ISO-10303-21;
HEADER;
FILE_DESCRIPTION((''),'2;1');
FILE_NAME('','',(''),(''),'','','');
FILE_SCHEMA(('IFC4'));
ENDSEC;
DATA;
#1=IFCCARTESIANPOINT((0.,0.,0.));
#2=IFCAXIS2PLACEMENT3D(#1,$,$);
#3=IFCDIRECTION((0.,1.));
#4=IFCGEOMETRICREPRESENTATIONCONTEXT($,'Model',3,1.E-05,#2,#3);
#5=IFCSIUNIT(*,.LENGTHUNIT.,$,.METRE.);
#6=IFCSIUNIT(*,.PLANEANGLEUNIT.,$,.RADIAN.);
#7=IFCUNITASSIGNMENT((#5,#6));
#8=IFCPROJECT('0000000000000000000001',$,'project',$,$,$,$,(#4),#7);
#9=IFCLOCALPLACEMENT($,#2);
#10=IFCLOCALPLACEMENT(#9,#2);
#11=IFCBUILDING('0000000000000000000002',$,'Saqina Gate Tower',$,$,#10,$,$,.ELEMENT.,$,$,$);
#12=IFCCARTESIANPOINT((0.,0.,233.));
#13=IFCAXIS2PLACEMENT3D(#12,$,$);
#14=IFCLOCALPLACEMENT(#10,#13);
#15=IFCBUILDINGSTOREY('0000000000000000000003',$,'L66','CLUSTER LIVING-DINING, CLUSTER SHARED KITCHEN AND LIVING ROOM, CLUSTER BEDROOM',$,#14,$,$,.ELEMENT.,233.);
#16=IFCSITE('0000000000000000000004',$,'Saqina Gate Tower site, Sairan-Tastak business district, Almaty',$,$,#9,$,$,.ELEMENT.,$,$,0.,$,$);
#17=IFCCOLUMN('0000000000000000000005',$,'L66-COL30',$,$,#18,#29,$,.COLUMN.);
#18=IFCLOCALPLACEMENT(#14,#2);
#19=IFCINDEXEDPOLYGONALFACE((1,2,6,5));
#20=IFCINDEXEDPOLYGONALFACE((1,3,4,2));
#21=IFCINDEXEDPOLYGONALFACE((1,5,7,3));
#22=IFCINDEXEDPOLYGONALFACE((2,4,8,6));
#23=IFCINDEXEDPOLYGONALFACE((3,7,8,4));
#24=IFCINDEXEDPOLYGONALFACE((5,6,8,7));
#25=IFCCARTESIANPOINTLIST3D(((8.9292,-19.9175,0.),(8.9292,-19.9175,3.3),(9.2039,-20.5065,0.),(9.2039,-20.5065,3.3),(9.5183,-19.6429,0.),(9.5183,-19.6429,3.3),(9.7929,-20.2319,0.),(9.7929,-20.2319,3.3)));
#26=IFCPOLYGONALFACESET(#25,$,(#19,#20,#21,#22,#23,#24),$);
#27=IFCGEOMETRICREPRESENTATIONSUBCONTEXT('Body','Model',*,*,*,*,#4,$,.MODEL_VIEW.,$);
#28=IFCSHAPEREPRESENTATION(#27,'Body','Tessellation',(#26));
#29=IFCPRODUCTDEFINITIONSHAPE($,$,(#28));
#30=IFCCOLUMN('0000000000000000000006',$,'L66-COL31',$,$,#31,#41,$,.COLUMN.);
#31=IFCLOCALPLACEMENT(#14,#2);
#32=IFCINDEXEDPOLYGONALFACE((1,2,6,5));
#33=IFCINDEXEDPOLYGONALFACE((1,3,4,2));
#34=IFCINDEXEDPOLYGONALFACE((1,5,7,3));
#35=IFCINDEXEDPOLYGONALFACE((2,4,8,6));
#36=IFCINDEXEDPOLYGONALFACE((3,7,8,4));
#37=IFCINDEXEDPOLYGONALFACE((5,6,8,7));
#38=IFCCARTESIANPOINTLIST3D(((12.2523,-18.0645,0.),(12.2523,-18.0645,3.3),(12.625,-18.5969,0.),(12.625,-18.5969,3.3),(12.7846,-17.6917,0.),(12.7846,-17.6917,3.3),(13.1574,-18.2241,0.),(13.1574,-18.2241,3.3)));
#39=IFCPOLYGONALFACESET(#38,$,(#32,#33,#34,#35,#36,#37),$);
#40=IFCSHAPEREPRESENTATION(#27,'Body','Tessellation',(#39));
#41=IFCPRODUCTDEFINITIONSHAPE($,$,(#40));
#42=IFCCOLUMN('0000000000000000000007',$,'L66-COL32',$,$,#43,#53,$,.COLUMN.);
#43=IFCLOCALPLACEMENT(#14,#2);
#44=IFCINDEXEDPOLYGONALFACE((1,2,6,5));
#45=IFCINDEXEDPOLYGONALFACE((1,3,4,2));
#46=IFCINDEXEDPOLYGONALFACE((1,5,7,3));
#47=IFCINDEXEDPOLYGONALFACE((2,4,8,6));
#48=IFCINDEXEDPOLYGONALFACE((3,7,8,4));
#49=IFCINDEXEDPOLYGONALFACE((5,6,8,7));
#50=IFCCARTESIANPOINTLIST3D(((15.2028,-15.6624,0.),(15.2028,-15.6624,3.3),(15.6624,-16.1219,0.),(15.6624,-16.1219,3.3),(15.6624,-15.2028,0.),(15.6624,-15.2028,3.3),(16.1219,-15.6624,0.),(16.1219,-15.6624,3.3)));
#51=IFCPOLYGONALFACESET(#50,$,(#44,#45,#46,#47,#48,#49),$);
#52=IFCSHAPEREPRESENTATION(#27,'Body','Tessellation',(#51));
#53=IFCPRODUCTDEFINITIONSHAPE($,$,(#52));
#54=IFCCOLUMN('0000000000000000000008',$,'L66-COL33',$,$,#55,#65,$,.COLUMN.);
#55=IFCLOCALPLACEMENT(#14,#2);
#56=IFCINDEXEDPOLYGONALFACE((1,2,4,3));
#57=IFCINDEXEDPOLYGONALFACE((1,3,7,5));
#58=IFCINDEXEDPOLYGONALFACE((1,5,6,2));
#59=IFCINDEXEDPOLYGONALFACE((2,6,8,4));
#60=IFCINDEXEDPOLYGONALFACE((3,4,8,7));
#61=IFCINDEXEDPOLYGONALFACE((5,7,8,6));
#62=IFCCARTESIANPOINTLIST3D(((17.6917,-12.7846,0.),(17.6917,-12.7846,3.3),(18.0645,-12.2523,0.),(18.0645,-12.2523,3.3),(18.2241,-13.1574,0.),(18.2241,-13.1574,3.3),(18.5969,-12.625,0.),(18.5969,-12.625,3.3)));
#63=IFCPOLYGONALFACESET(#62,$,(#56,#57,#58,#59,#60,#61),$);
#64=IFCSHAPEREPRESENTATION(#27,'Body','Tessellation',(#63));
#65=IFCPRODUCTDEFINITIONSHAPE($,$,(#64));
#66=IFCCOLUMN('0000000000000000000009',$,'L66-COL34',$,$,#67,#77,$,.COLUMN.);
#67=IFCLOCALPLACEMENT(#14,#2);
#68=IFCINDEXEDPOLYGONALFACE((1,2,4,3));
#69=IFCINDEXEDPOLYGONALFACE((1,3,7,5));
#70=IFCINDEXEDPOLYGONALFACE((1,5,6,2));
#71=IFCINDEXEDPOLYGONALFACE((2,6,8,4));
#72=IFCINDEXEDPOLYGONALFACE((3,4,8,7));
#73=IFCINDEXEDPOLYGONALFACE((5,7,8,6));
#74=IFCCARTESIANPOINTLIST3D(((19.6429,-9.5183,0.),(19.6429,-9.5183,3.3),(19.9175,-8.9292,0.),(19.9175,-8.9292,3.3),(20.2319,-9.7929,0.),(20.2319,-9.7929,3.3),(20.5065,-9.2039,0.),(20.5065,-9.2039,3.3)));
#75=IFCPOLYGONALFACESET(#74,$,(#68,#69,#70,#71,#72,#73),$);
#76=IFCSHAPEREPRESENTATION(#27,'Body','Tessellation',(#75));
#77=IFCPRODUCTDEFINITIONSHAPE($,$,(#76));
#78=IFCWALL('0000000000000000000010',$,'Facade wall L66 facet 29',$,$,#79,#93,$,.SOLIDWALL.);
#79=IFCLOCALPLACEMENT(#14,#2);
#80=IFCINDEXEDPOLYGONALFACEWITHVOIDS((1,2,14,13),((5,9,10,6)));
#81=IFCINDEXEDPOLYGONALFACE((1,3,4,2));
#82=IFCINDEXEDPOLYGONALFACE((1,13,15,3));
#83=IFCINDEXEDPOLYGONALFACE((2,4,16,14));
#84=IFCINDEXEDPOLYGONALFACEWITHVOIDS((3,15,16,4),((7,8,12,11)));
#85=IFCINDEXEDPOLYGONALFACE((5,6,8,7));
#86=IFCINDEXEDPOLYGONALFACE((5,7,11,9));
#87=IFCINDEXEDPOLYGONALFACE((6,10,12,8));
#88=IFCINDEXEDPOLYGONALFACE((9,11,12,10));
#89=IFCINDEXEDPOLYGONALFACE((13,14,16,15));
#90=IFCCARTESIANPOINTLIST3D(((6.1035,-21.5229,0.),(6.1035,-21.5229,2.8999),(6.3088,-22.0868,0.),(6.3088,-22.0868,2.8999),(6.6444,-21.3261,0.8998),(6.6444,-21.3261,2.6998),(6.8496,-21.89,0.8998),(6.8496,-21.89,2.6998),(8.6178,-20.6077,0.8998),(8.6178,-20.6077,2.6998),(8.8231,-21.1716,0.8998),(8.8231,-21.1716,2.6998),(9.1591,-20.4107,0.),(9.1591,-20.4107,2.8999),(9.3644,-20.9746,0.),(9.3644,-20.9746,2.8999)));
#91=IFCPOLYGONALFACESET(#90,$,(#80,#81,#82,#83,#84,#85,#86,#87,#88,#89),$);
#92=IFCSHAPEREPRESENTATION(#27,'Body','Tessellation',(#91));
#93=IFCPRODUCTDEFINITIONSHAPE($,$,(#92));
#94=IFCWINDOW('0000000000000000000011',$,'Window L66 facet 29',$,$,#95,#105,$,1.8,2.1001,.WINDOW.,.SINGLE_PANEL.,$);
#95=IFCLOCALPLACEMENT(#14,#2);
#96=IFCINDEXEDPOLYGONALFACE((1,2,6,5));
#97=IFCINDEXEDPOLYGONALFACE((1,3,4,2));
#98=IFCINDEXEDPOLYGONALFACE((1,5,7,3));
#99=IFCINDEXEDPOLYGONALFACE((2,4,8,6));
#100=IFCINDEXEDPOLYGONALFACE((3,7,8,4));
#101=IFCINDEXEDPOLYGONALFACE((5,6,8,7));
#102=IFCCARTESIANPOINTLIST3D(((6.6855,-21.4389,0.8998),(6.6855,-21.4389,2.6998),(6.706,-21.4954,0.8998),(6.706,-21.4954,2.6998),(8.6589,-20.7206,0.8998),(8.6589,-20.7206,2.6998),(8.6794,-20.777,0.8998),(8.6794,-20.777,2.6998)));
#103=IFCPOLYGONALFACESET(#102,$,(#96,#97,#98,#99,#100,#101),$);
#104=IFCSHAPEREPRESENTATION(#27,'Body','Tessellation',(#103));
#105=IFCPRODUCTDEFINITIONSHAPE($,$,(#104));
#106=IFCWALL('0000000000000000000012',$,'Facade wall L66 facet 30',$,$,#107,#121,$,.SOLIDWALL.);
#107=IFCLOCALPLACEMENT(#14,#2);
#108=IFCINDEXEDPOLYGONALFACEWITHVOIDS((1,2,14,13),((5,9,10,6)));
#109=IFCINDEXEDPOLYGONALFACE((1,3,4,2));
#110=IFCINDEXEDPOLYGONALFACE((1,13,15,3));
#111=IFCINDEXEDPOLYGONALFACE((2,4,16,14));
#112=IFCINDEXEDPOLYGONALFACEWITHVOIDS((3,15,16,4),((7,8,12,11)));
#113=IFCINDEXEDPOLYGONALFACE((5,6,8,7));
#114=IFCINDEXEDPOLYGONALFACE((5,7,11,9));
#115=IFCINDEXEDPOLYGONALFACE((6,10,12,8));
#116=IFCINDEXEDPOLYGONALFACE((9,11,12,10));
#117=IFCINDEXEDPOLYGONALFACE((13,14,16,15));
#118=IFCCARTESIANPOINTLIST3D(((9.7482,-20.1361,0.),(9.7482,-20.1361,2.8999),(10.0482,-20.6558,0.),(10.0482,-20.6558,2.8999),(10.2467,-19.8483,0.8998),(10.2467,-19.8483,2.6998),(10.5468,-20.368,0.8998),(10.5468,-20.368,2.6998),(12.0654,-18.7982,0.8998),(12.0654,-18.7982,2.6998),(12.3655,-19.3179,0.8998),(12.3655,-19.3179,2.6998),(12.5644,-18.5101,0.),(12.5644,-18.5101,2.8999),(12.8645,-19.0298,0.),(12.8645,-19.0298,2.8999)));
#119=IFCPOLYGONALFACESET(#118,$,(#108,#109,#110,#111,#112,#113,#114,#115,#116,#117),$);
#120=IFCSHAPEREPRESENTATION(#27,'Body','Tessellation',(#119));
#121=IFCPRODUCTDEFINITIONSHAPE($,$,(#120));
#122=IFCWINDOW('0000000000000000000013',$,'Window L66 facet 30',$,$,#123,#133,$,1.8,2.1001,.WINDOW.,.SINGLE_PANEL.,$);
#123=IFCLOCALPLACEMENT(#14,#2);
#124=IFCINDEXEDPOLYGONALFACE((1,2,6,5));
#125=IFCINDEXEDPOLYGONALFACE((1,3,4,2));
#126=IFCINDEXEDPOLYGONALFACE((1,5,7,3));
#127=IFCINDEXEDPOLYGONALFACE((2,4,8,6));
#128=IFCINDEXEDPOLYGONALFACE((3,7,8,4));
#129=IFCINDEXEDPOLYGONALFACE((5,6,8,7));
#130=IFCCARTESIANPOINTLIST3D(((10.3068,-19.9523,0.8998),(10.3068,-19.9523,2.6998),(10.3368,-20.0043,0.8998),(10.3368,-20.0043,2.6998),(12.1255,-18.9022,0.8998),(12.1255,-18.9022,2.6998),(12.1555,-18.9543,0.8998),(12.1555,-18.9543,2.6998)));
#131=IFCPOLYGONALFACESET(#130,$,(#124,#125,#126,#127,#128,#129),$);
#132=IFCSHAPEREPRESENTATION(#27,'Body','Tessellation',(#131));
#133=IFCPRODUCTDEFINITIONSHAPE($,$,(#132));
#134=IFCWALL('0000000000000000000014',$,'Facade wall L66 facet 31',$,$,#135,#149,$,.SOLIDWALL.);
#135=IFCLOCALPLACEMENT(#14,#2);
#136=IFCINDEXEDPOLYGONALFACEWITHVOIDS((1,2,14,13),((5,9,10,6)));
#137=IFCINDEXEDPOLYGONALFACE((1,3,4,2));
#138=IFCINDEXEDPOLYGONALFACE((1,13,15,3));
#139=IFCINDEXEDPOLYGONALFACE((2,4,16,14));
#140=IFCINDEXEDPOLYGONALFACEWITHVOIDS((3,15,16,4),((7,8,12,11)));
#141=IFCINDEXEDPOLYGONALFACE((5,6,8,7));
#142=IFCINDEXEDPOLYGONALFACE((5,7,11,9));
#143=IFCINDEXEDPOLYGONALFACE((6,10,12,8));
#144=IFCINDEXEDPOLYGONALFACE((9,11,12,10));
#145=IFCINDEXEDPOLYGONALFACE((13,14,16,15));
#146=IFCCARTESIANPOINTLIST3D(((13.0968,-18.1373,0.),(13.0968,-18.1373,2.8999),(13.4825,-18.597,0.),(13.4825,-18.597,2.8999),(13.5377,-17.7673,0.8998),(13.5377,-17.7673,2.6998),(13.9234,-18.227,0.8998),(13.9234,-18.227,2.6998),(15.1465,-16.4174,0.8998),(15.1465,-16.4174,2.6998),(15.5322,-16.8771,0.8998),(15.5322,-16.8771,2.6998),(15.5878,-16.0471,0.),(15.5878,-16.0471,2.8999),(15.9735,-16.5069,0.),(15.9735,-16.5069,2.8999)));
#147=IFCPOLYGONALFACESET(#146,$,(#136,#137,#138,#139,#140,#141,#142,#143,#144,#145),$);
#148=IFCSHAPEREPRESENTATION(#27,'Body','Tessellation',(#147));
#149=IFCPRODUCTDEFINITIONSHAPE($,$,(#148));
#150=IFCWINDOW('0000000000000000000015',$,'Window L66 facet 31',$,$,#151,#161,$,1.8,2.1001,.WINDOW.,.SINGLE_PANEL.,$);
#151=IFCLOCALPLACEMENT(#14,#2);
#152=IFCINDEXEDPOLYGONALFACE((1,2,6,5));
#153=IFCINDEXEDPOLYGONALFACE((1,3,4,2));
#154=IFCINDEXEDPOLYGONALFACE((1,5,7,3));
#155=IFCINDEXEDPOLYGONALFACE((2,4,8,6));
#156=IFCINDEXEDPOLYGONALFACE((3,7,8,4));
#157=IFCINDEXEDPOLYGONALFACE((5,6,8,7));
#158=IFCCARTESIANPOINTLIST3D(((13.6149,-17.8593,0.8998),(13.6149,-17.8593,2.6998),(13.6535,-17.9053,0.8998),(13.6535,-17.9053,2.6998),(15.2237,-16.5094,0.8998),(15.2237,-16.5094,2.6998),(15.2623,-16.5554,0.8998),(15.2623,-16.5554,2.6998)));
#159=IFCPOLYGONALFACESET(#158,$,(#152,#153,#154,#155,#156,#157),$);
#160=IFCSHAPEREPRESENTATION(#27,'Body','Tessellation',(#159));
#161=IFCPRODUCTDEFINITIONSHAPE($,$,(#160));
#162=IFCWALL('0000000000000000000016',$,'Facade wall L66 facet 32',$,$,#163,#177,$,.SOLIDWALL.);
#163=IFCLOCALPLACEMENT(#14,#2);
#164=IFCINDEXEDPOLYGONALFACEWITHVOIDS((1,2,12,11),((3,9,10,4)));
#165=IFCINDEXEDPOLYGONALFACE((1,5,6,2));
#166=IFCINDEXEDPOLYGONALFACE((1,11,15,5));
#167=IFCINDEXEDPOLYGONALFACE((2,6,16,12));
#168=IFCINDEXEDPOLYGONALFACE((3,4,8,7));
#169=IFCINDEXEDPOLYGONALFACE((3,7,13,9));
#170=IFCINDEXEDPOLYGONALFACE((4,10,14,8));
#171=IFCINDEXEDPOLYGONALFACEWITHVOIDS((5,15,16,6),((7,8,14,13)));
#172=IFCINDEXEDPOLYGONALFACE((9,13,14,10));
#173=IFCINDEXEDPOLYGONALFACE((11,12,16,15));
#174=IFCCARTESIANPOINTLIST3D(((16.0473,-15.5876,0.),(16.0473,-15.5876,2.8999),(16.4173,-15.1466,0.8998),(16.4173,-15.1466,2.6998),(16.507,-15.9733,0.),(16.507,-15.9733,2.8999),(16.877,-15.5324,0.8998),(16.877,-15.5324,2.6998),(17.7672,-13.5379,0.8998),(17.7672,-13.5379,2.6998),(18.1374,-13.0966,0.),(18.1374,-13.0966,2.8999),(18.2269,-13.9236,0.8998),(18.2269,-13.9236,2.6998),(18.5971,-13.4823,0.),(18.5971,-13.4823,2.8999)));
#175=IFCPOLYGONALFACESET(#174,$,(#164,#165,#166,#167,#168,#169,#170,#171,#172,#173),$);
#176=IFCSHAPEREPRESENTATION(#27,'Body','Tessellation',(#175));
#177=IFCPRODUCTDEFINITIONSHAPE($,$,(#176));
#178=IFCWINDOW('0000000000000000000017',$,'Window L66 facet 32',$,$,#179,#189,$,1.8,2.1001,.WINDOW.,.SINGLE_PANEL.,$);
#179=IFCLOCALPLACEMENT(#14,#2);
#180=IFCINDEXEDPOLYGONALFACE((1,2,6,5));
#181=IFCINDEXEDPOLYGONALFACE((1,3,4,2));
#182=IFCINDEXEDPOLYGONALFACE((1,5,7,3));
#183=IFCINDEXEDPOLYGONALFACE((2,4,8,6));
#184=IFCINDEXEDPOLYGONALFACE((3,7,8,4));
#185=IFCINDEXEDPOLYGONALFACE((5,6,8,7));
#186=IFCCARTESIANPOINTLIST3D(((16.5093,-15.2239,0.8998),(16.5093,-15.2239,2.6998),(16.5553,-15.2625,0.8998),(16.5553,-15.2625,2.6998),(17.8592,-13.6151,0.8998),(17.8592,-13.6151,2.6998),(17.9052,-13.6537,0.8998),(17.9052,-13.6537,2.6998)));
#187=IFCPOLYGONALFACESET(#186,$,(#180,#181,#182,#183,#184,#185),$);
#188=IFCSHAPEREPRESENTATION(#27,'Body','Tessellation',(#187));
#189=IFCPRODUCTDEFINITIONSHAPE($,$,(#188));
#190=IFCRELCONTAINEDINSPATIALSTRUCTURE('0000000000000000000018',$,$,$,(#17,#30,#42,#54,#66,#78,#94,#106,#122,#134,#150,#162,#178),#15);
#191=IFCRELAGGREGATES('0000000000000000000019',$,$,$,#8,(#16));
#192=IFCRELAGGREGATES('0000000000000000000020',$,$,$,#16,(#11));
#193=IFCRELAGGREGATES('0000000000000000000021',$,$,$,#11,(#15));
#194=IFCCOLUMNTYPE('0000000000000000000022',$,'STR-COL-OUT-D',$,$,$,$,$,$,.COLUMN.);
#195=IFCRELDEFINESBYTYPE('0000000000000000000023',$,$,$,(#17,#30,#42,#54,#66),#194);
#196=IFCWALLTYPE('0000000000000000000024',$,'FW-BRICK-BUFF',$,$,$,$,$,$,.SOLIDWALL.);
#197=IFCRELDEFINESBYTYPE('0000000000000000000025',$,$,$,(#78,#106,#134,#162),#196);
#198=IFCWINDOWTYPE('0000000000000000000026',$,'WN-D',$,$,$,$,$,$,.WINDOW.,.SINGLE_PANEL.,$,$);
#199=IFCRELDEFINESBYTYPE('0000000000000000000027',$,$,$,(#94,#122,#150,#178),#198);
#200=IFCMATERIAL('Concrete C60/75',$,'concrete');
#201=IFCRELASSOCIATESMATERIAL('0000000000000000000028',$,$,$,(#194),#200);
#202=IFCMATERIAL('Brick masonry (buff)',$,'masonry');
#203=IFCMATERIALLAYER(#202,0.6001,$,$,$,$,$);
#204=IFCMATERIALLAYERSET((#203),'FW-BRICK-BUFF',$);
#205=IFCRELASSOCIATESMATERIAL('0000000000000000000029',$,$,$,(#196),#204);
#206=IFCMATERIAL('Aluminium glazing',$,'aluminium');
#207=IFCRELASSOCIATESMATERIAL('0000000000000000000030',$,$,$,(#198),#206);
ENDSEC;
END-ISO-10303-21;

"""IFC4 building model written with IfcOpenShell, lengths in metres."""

from ifc_helpers import new_model, si_unit, direction, frame, frame_2d, origin, origin_2d, place, context, subcontext, project, spatial, rectangle, extrude, material, layer, layer_set, material_profile, profile_set, type_object, element, fill, save


model = new_model("IFC4")

# Units and contexts
model_context = context("Model", 3, precision=1e-05, world=origin(), true_north=direction((0.0, 1.0)))
body_context = subcontext(model_context, "Body", "Model", "MODEL_VIEW")
ifc_project = project(units=[si_unit("LENGTHUNIT", "METRE"), si_unit("PLANEANGLEUNIT", "RADIAN")], contexts=[model_context])

# Site, building, storey
site_placement = place(None, origin())
site = spatial("IfcSite", under=ifc_project, at=site_placement, Name="Saqina Gate Tower site, Sairan-Tastak business district, Almaty", CompositionType="ELEMENT", RefElevation=0.0)
building_placement = place(site_placement, origin())
building = spatial("IfcBuilding", under=site, at=building_placement, Name="Saqina Gate Tower", CompositionType="ELEMENT")
storey_placement = place(building_placement, frame((0.0, 0.0, 233.0)))
storey = spatial("IfcBuildingStorey", under=building, at=storey_placement, Name="L66", Description="CLUSTER LIVING-DINING, CLUSTER SHARED KITCHEN AND LIVING ROOM, CLUSTER BEDROOM", CompositionType="ELEMENT", Elevation=233.0)

# Columns
ifc_material_1 = material(Name="Concrete C60/75", Category="concrete")
ifc_material_profile = material_profile(ifc_material_1, rectangle(XDim=0.6499, YDim=0.6499, at=origin_2d()), Name="RC 650x650")
ifc_profile_set = profile_set([ifc_material_profile], Name="Concrete C60/75")
column_type = type_object("IfcColumnType", Name="STR-COL-OUT-D", PredefinedType="COLUMN", material=ifc_profile_set)
for number, where, z_axis, x_axis, name in (
    (1, (9.3611, -20.0747, 0.0), (0.0, 0.0, 1.0), (0.422618, -0.906308, 0.0), "L66-COL30"),
    (2, (12.7048, -18.1443, 0.0), (0.0, 0.0, 1.0), (0.573576, -0.819152, 0.0), "L66-COL31"),
    (3, (15.6624, -15.6624, 0.0), (0.0, 0.0, 1.0), (0.707107, -0.707107, 0.0), "L66-COL32"),
    (4, (18.1443, -12.7048, 0.0), (0.0, 0.0, 1.0), (0.819152, -0.573576, 0.0), "L66-COL33"),
    (5, (20.0747, -9.3611, 0.0), (0.0, 0.0, 1.0), (0.906308, -0.422618, 0.0), "L66-COL34"),
):
    element("IfcColumn", number, at=place(storey_placement, frame(where, z_axis=z_axis, x_axis=x_axis)), inside=storey, type_object=column_type, Name=name, PredefinedType="COLUMN", context=body_context, shape_type="SweptSolid", body=[
        extrude(rectangle(XDim=0.6499, YDim=0.6499, at=origin_2d()), origin(), (0.0, 0.0, 1.0), 3.3),
    ])

# Walls, openings, windows
ifc_material_2 = material(Name="Brick masonry (buff)", Category="masonry")
ifc_layer_1 = layer(ifc_material_2, 0.6001)
ifc_layer_set_1 = layer_set([ifc_layer_1], Name="FW-BRICK-BUFF")
wall_type_1 = type_object("IfcWallType", Name="FW-BRICK-BUFF", PredefinedType="SOLIDWALL", material=ifc_layer_set_1)
wall_1_placement = place(storey_placement, frame((6.2061, -21.8049, 0.0), z_axis=(0.0, 0.0, 1.0), x_axis=(0.939679, 0.342057, 0.0)))
wall_1 = element("IfcWall", 6, at=wall_1_placement, inside=storey, type_object=wall_type_1, Name="Facade wall L66 facet 29", PredefinedType="SOLIDWALL", context=body_context, shape_type="SweptSolid", body=[
    extrude(rectangle(XDim=3.2517, YDim=0.6001, at=frame_2d((1.626, 0.0))), origin(), (0.0, 0.0, 1.0), 2.8999),
])
opening_1_placement = place(wall_1_placement, frame((0.5757, 0.0, 0.8999)))
opening_1 = element("IfcOpeningElement", 7, at=opening_1_placement, cuts=wall_1, PredefinedType="OPENING", context=body_context, shape_type="SweptSolid", body=[
    extrude(rectangle(XDim=2.1001, YDim=1.8, at=frame_2d((1.05, 0.8999))), frame((0.0, 0.312, 0.0), z_axis=(0.0, -1.0, 0.0), x_axis=(1.0, 0.0, 0.0)), (0.0, 0.0, 1.0), 0.624),
])
ifc_material_3 = material(Name="Aluminium glazing", Category="aluminium")
window_type = type_object("IfcWindowType", Name="WN-D", PartitioningType="SINGLE_PANEL", PredefinedType="WINDOW", material=ifc_material_3)
window_1_placement = place(opening_1_placement, origin())
window_1 = element("IfcWindow", 8, at=window_1_placement, inside=storey, type_object=window_type, Name="Window L66 facet 29", OverallHeight=1.8, OverallWidth=2.1001, PartitioningType="SINGLE_PANEL", PredefinedType="WINDOW", context=body_context, shape_type="SweptSolid", body=[
    extrude(rectangle(XDim=2.1001, YDim=1.8, at=frame_2d((1.05, 0.8999))), frame((0.0, 0.1799, 0.0), z_axis=(0.0, -1.0, 0.0), x_axis=(1.0, 0.0, 0.0)), (0.0, 0.0, 1.0), 0.0601),
])
fill(opening_1, window_1)
wall_2_placement = place(storey_placement, frame((9.8982, -20.396, 0.0), z_axis=(0.0, 0.0, 1.0), x_axis=(0.866017, 0.500015, 0.0)))
wall_2 = element("IfcWall", 9, at=wall_2_placement, inside=storey, type_object=wall_type_1, Name="Facade wall L66 facet 30", PredefinedType="SOLIDWALL", context=body_context, shape_type="SweptSolid", body=[
    extrude(rectangle(XDim=3.252, YDim=0.6001, at=frame_2d((1.626, 0.0))), origin(), (0.0, 0.0, 1.0), 2.8999),
])
opening_2_placement = place(wall_2_placement, frame((0.5757, 0.0, 0.8999)))
opening_2 = element("IfcOpeningElement", 10, at=opening_2_placement, cuts=wall_2, PredefinedType="OPENING", context=body_context, shape_type="SweptSolid", body=[
    extrude(rectangle(XDim=2.1001, YDim=1.8, at=frame_2d((1.05, 0.8999))), frame((0.0, 0.312, 0.0), z_axis=(0.0, -1.0, 0.0), x_axis=(1.0, 0.0, 0.0)), (0.0, 0.0, 1.0), 0.624),
])
window_2_placement = place(opening_2_placement, origin())
window_2 = element("IfcWindow", 11, at=window_2_placement, inside=storey, type_object=window_type, Name="Window L66 facet 30", OverallHeight=1.8, OverallWidth=2.1001, PartitioningType="SINGLE_PANEL", PredefinedType="WINDOW", context=body_context, shape_type="SweptSolid", body=[
    extrude(rectangle(XDim=2.1001, YDim=1.8, at=frame_2d((1.05, 0.8999))), frame((0.0, 0.1799, 0.0), z_axis=(0.0, -1.0, 0.0), x_axis=(1.0, 0.0, 0.0)), (0.0, 0.0, 1.0), 0.0601),
])
fill(opening_2, window_2)
wall_3_placement = place(storey_placement, frame((13.2896, -18.3672, 0.0), z_axis=(0.0, 0.0, 1.0), x_axis=(0.766057, 0.642773, 0.0)))
wall_3 = element("IfcWall", 12, at=wall_3_placement, inside=storey, type_object=wall_type_1, Name="Facade wall L66 facet 31", PredefinedType="SOLIDWALL", context=body_context, shape_type="SweptSolid", body=[
    extrude(rectangle(XDim=3.2517, YDim=0.6001, at=frame_2d((1.626, 0.0))), origin(), (0.0, 0.0, 1.0), 2.8999),
])
opening_3_placement = place(wall_3_placement, frame((0.5757, 0.0, 0.8999)))
opening_3 = element("IfcOpeningElement", 13, at=opening_3_placement, cuts=wall_3, PredefinedType="OPENING", context=body_context, shape_type="SweptSolid", body=[
    extrude(rectangle(XDim=2.1001, YDim=1.8, at=frame_2d((1.05, 0.8999))), frame((0.0, 0.312, 0.0), z_axis=(0.0, -1.0, 0.0), x_axis=(1.0, 0.0, 0.0)), (0.0, 0.0, 1.0), 0.624),
])
window_3_placement = place(opening_3_placement, origin())
window_3 = element("IfcWindow", 14, at=window_3_placement, inside=storey, type_object=window_type, Name="Window L66 facet 31", OverallHeight=1.8, OverallWidth=2.1001, PartitioningType="SINGLE_PANEL", PredefinedType="WINDOW", context=body_context, shape_type="SweptSolid", body=[
    extrude(rectangle(XDim=2.1001, YDim=1.8, at=frame_2d((1.05, 0.8999))), frame((0.0, 0.1799, 0.0), z_axis=(0.0, -1.0, 0.0), x_axis=(1.0, 0.0, 0.0)), (0.0, 0.0, 1.0), 0.0601),
])
fill(opening_3, window_3)
wall_4_placement = place(storey_placement, frame((16.2771, -15.7805, 0.0), z_axis=(0.0, 0.0, 1.0), x_axis=(0.642773, 0.766057, 0.0)))
wall_4 = element("IfcWall", 15, at=wall_4_placement, inside=storey, type_object=wall_type_1, Name="Facade wall L66 facet 32", PredefinedType="SOLIDWALL", context=body_context, shape_type="SweptSolid", body=[
    extrude(rectangle(XDim=3.2517, YDim=0.6001, at=frame_2d((1.626, 0.0))), origin(), (0.0, 0.0, 1.0), 2.8999),
])
opening_4_placement = place(wall_4_placement, frame((0.5757, 0.0, 0.8999)))
opening_4 = element("IfcOpeningElement", 16, at=opening_4_placement, cuts=wall_4, PredefinedType="OPENING", context=body_context, shape_type="SweptSolid", body=[
    extrude(rectangle(XDim=2.1001, YDim=1.8, at=frame_2d((1.05, 0.8999))), frame((0.0, 0.312, 0.0), z_axis=(0.0, -1.0, 0.0), x_axis=(1.0, 0.0, 0.0)), (0.0, 0.0, 1.0), 0.624),
])
window_4_placement = place(opening_4_placement, origin())
window_4 = element("IfcWindow", 17, at=window_4_placement, inside=storey, type_object=window_type, Name="Window L66 facet 32", OverallHeight=1.8, OverallWidth=2.1001, PartitioningType="SINGLE_PANEL", PredefinedType="WINDOW", context=body_context, shape_type="SweptSolid", body=[
    extrude(rectangle(XDim=2.1001, YDim=1.8, at=frame_2d((1.05, 0.8999))), frame((0.0, 0.1799, 0.0), z_axis=(0.0, -1.0, 0.0), x_axis=(1.0, 0.0, 0.0)), (0.0, 0.0, 1.0), 0.0601),
])
fill(opening_4, window_4)

save(model, "model.ifc")
